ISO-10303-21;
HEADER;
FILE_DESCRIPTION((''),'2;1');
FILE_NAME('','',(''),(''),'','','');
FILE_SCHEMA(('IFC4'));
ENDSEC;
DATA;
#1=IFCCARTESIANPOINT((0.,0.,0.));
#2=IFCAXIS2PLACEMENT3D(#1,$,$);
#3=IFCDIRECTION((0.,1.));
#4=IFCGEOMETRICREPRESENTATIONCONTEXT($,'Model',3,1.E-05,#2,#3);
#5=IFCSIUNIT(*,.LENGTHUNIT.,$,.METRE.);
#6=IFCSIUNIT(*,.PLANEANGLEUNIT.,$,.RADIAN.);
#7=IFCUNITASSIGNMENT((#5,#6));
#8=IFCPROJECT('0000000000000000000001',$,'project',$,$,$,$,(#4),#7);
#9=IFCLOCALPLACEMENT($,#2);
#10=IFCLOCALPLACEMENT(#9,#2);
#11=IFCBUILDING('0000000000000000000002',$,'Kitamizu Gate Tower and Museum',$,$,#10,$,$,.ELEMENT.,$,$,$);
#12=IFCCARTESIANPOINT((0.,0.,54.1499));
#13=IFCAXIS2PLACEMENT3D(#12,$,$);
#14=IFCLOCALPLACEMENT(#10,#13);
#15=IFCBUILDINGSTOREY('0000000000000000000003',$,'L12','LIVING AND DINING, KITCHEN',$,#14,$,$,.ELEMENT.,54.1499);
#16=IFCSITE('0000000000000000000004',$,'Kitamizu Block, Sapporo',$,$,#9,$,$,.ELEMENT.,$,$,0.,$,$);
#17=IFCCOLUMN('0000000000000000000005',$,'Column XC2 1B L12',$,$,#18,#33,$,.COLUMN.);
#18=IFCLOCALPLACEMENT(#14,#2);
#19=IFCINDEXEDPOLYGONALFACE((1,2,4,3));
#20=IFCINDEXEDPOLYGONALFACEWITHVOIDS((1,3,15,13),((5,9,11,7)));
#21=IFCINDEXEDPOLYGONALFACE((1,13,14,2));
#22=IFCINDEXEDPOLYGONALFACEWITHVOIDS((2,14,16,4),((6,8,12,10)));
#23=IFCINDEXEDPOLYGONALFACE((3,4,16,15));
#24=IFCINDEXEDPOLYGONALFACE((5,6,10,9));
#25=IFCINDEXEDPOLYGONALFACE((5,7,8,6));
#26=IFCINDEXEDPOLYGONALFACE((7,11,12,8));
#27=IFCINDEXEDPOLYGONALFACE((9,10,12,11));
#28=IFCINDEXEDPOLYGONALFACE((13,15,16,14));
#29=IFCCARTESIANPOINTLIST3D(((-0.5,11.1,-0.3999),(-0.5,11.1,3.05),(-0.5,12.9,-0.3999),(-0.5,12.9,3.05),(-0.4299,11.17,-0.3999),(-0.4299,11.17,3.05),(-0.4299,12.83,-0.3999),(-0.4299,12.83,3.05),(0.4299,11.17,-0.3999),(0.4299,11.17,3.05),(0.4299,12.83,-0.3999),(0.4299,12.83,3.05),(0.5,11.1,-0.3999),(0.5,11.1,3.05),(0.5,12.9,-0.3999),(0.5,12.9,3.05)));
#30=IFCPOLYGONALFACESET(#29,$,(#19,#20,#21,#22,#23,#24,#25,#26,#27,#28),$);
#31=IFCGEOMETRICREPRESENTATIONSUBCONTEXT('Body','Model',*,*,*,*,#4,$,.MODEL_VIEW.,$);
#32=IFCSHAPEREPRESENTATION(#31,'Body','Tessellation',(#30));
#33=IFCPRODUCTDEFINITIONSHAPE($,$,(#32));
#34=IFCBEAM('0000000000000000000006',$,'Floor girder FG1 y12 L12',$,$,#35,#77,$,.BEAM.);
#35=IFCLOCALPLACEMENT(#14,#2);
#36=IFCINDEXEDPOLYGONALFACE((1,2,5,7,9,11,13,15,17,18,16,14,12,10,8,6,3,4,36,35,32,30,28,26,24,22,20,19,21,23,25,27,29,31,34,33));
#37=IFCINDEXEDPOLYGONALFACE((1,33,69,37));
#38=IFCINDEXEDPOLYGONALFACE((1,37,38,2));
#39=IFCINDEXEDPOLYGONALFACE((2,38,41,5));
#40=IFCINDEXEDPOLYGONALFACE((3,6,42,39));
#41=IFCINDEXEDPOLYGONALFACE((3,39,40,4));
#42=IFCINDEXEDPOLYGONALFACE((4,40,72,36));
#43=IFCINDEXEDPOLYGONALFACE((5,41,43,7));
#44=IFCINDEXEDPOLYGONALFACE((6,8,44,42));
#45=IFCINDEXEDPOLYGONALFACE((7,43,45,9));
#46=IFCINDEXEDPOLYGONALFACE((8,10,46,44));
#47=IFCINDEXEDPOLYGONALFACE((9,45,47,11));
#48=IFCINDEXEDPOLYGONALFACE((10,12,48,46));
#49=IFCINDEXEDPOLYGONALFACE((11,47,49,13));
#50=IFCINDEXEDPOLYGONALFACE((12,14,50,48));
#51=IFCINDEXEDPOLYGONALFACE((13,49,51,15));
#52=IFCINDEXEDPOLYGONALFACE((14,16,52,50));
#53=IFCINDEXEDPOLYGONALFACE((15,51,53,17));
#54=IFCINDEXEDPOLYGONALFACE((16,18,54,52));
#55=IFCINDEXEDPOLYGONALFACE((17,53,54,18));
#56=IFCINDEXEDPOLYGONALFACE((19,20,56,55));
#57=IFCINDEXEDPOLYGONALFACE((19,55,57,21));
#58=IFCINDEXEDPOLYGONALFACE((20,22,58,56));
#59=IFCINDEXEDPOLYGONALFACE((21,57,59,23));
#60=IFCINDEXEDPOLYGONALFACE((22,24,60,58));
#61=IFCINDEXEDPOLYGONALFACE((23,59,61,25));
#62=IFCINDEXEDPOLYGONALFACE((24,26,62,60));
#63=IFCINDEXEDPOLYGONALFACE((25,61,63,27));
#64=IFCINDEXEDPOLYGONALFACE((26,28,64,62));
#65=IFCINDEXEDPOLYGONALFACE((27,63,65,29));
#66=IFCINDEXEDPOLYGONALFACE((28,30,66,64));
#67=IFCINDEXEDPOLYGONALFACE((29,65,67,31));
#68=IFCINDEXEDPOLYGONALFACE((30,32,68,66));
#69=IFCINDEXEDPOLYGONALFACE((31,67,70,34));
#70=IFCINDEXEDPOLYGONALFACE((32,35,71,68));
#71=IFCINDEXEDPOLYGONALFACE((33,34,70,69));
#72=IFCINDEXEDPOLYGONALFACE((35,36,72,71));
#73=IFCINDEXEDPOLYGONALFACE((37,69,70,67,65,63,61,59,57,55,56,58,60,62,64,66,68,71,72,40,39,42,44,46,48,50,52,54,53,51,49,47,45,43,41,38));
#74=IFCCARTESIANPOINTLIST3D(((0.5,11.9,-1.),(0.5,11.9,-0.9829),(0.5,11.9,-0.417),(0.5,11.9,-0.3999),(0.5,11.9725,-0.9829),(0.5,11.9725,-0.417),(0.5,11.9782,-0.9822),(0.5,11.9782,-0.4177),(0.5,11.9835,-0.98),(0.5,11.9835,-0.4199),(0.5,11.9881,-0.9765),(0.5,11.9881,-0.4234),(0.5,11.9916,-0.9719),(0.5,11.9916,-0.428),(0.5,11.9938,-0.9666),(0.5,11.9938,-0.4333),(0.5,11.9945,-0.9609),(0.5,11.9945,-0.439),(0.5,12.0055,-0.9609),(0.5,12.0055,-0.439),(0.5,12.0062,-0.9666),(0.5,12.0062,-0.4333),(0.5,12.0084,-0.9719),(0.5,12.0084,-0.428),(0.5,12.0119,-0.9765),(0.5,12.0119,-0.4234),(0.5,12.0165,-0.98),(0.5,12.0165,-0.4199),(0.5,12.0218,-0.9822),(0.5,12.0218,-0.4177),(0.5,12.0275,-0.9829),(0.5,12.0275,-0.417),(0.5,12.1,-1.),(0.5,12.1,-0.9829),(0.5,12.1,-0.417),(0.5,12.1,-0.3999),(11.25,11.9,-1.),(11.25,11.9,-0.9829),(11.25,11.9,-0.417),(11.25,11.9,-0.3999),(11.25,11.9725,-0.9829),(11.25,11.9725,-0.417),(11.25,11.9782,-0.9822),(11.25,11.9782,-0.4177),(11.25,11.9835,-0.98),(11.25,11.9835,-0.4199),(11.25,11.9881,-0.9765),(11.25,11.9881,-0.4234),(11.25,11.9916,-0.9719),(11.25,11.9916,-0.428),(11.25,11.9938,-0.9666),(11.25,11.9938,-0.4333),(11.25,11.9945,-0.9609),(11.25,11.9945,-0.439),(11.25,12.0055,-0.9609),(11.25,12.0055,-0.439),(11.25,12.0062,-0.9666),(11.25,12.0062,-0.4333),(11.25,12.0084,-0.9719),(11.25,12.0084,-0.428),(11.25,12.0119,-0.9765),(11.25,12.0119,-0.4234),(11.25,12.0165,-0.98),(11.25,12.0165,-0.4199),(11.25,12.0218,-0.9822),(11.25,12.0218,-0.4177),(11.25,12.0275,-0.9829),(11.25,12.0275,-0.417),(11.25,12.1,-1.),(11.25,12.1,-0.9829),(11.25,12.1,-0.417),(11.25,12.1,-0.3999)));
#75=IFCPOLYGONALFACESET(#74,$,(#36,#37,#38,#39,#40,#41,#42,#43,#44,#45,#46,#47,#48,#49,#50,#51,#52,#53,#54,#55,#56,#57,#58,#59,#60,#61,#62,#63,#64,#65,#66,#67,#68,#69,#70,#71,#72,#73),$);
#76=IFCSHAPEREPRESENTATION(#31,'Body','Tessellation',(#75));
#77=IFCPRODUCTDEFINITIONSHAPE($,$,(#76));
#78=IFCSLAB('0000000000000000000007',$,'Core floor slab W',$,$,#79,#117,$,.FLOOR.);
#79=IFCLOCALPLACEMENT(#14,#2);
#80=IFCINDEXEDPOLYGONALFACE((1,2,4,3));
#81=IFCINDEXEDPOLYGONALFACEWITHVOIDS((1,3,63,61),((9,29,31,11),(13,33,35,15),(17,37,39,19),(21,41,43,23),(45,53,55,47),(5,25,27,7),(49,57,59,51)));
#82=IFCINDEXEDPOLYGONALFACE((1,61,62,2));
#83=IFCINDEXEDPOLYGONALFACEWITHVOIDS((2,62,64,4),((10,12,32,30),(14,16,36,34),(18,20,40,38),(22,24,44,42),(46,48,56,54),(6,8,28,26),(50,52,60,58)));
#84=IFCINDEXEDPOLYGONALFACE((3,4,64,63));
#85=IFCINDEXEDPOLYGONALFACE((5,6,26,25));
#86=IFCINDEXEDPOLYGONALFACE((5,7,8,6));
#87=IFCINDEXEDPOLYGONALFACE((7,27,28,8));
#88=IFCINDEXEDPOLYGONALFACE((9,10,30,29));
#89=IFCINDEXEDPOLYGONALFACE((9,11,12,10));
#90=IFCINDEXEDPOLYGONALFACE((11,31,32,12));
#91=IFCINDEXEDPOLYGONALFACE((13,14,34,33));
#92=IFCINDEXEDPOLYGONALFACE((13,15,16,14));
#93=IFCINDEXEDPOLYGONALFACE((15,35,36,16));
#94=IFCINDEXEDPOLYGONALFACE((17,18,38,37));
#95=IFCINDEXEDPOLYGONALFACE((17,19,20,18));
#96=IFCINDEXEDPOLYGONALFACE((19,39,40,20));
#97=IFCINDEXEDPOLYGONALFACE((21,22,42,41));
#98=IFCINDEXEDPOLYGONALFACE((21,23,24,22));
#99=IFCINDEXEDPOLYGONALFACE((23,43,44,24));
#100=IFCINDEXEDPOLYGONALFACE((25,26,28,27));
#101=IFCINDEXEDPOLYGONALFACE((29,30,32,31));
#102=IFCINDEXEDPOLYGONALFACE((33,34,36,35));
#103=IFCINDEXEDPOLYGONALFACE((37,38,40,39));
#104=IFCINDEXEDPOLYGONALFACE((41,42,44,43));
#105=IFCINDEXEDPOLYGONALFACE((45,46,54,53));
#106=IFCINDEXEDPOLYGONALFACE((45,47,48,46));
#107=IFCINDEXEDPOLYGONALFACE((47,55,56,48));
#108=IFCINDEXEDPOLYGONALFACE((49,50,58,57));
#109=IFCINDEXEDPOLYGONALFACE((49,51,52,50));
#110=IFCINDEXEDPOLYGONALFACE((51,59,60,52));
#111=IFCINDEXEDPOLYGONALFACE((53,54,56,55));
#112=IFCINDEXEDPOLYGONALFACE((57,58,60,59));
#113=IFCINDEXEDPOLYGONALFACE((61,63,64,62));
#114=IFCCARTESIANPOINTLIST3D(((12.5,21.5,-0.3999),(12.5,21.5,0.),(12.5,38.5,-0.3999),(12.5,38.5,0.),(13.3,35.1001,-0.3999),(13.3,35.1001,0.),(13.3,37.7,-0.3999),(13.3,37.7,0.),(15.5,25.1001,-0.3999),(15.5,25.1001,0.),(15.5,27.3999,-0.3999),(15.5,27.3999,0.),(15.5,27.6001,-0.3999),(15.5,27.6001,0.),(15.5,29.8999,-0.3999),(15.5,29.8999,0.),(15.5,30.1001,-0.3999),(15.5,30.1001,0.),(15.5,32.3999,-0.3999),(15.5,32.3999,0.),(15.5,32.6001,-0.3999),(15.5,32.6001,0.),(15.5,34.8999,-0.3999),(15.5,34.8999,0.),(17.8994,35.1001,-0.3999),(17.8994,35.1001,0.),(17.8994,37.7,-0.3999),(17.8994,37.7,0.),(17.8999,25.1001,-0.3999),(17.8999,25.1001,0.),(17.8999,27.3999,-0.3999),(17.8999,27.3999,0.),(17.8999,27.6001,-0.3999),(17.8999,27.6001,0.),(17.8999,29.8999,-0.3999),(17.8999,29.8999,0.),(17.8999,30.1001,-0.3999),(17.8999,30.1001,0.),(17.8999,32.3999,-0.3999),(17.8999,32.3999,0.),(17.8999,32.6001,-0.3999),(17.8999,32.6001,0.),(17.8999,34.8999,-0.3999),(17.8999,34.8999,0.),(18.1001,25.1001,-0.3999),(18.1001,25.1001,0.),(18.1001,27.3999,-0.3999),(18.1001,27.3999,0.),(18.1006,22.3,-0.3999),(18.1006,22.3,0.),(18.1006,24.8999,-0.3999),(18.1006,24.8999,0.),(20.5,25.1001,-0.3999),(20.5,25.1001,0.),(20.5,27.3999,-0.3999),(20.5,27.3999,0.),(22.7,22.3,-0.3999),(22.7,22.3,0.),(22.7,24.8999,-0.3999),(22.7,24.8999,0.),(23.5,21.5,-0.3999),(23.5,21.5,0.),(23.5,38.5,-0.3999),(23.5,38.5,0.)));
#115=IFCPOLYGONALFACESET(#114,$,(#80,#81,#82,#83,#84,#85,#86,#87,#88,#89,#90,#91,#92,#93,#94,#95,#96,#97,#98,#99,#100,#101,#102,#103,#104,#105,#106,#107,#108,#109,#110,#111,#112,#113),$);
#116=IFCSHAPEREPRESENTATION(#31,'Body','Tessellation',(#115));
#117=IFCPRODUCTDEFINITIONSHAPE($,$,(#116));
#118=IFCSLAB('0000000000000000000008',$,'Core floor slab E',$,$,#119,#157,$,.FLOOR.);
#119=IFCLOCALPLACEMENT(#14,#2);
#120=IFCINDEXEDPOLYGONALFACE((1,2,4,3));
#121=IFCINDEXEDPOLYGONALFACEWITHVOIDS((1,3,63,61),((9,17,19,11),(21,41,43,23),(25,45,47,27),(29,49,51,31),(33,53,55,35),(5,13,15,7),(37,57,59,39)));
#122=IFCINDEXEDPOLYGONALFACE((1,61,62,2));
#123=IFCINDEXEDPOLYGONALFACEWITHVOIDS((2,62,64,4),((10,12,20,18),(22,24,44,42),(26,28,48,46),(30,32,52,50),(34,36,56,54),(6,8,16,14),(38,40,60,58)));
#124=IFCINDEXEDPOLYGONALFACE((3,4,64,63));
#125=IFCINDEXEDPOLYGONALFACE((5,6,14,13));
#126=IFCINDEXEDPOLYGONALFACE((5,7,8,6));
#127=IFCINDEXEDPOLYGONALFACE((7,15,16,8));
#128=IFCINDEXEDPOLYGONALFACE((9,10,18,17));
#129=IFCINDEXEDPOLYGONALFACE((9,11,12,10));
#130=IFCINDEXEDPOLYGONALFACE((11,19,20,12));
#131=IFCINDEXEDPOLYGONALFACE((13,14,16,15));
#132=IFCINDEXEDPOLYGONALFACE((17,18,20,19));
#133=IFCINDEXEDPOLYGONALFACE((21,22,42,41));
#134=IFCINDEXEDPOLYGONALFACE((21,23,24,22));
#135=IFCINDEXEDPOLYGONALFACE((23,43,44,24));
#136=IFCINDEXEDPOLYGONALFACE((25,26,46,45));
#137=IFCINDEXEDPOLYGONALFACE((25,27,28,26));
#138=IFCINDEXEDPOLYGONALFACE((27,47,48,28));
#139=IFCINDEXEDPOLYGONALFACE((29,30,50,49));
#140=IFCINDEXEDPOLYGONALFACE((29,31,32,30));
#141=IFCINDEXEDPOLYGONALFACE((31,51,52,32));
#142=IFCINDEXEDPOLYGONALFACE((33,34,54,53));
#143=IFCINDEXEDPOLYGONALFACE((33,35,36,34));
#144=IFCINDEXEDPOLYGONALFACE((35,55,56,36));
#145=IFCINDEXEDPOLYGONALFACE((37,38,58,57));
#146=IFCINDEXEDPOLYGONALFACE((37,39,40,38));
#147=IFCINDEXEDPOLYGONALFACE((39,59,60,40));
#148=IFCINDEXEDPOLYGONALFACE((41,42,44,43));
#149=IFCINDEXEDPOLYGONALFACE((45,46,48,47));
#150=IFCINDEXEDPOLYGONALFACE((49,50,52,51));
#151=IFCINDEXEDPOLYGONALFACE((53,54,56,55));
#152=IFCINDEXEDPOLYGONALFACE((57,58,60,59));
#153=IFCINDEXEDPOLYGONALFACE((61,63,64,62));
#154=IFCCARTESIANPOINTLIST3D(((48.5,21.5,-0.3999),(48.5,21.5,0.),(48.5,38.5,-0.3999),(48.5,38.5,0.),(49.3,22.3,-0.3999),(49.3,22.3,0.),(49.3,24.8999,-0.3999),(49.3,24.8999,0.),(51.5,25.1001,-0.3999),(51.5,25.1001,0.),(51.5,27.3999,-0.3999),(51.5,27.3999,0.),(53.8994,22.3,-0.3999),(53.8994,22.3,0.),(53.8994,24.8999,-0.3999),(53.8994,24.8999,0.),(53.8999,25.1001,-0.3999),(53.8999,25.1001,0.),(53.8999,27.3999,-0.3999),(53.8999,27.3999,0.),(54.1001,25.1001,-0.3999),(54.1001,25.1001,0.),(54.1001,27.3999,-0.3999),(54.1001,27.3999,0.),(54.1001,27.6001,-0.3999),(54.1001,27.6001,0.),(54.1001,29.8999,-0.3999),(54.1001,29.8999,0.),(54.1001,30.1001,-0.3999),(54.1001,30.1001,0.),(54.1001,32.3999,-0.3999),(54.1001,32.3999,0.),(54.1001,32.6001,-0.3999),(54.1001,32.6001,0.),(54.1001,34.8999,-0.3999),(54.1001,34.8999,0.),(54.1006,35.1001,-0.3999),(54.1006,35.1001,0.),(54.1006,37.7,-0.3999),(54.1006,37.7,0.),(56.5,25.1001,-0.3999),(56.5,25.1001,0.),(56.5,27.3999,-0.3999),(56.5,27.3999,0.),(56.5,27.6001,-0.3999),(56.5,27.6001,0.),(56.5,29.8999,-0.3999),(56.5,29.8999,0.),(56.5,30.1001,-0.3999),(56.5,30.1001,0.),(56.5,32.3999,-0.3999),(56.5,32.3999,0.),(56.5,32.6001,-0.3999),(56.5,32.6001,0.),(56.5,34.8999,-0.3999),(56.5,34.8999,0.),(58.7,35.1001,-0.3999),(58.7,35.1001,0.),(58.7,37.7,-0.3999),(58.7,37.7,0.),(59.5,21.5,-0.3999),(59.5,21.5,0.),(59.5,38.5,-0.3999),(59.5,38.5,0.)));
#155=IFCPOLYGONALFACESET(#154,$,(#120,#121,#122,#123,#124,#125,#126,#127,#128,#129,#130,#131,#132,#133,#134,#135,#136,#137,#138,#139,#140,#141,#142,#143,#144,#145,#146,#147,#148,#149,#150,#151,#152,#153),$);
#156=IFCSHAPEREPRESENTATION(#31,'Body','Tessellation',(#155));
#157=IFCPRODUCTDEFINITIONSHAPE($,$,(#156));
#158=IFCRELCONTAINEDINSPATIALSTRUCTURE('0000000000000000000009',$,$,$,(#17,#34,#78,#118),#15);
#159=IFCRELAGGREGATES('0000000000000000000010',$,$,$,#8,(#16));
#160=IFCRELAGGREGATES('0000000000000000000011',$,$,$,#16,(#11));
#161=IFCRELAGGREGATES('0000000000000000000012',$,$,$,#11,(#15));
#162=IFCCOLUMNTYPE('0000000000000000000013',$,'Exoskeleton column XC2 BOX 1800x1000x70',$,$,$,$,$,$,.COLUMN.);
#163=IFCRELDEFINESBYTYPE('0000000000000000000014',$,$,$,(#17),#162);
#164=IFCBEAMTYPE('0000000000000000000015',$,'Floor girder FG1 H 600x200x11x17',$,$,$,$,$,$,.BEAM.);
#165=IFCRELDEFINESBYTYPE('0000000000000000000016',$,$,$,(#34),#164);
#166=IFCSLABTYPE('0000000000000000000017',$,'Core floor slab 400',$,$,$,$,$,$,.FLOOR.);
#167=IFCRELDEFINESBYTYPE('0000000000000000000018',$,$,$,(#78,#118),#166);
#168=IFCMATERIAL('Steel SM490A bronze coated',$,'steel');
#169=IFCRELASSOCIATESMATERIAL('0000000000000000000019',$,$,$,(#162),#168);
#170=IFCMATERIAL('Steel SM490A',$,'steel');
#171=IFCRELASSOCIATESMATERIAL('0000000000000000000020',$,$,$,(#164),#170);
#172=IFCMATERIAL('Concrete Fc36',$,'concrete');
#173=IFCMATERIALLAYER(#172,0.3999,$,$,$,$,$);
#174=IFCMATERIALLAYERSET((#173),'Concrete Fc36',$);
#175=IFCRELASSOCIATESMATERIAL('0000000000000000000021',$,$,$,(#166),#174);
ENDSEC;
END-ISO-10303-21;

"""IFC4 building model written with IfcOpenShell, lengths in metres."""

from ifc_helpers import new_model, si_unit, direction, frame, origin, origin_2d, place, context, subcontext, project, spatial, polyline, hollow_rectangle, i_section, outline, extrude, material, layer, layer_set, material_profile, profile_set, type_object, element, save


model = new_model("IFC4")

# Units and contexts
model_context = context("Model", 3, precision=1e-05, world=origin(), true_north=direction((0.0, 1.0)))
body_context = subcontext(model_context, "Body", "Model", "MODEL_VIEW")
ifc_project = project(units=[si_unit("LENGTHUNIT", "METRE"), si_unit("PLANEANGLEUNIT", "RADIAN")], contexts=[model_context])

# Site, building, storey
site_placement = place(None, origin())
site = spatial("IfcSite", under=ifc_project, at=site_placement, Name="Kitamizu Block, Sapporo", CompositionType="ELEMENT", RefElevation=0.0)
building_placement = place(site_placement, origin())
building = spatial("IfcBuilding", under=site, at=building_placement, Name="Kitamizu Gate Tower and Museum", CompositionType="ELEMENT")
storey_placement = place(building_placement, frame((0.0, 0.0, 54.1499)))
storey = spatial("IfcBuildingStorey", under=building, at=storey_placement, Name="L12", Description="LIVING AND DINING, KITCHEN", CompositionType="ELEMENT", Elevation=54.1499)

# Column
ifc_material_1 = material(Name="Steel SM490A bronze coated", Category="steel")
ifc_material_profile_1 = material_profile(ifc_material_1, hollow_rectangle(XDim=1.8, YDim=1.0, WallThickness=0.0701, at=origin_2d()), Name="BOX 1800x1000x70")
ifc_profile_set_1 = profile_set([ifc_material_profile_1], Name="Steel SM490A bronze coated")
column_type = type_object("IfcColumnType", Name="Exoskeleton column XC2 BOX 1800x1000x70", PredefinedType="COLUMN", material=ifc_profile_set_1)
column_placement = place(storey_placement, frame((0.0, 12.0, -0.3999), z_axis=(0.0, 0.0, 1.0), x_axis=(0.0, 1.0, 0.0)))
element("IfcColumn", 1, at=column_placement, inside=storey, type_object=column_type, Name="Column XC2 1B L12", PredefinedType="COLUMN", context=body_context, shape_type="SweptSolid", body=[
    extrude(hollow_rectangle(XDim=1.8, YDim=1.0, WallThickness=0.0701, at=origin_2d()), origin(), (0.0, 0.0, 1.0), 3.45),
])

# Beam
ifc_material_2 = material(Name="Steel SM490A", Category="steel")
ifc_material_profile_2 = material_profile(ifc_material_2, i_section(OverallWidth=0.2, OverallDepth=0.6001, WebThickness=0.011, FlangeThickness=0.0171, FilletRadius=0.022, at=origin_2d()), Name="H-600x200x11x17")
ifc_profile_set_2 = profile_set([ifc_material_profile_2], Name="Steel SM490A")
beam_type = type_object("IfcBeamType", Name="Floor girder FG1 H 600x200x11x17", PredefinedType="BEAM", material=ifc_profile_set_2)
beam_placement = place(storey_placement, frame((0.5, 12.0, -0.7), z_axis=(1.0, 0.0, 0.0), x_axis=(0.0, 1.0, 0.0)))
element("IfcBeam", 2, at=beam_placement, inside=storey, type_object=beam_type, Name="Floor girder FG1 y12 L12", PredefinedType="BEAM", context=body_context, shape_type="SweptSolid", body=[
    extrude(i_section(OverallWidth=0.2, OverallDepth=0.6001, WebThickness=0.011, FlangeThickness=0.0171, FilletRadius=0.022, at=origin_2d()), origin(), (0.0, 0.0, 1.0), 10.75),
])

# Slabs
ifc_material_3 = material(Name="Concrete Fc36", Category="concrete")
ifc_layer_1 = layer(ifc_material_3, 0.3999)
ifc_layer_set_1 = layer_set([ifc_layer_1], Name="Concrete Fc36")
slab_type_1 = type_object("IfcSlabType", Name="Core floor slab 400", PredefinedType="FLOOR", material=ifc_layer_set_1)
slab_1_placement = place(storey_placement, frame((0.0, 0.0, -0.3999)))
element("IfcSlab", 3, at=slab_1_placement, inside=storey, type_object=slab_type_1, Name="Core floor slab W", PredefinedType="FLOOR", context=body_context, shape_type="SweptSolid", body=[
    extrude(outline(polyline([(12.5, 21.5), (23.5, 21.5), (23.5, 38.5), (12.5, 38.5), (12.5, 21.5)]), holes=[polyline([(15.5, 25.1001), (17.8999, 25.1001), (17.8999, 27.3999), (15.5, 27.3999), (15.5, 25.1001)]), polyline([(15.5, 27.6001), (17.8999, 27.6001), (17.8999, 29.8999), (15.5, 29.8999), (15.5, 27.6001)]), polyline([(15.5, 30.1001), (17.8999, 30.1001), (17.8999, 32.3999), (15.5, 32.3999), (15.5, 30.1001)]), polyline([(15.5, 32.6001), (17.8999, 32.6001), (17.8999, 34.8999), (15.5, 34.8999), (15.5, 32.6001)]), polyline([(18.1001, 25.1001), (20.5, 25.1001), (20.5, 27.3999), (18.1001, 27.3999), (18.1001, 25.1001)]), polyline([(18.1006, 22.3), (22.7, 22.3), (22.7, 24.8999), (18.1006, 24.8999), (18.1006, 22.3)]), polyline([(13.3, 35.1001), (17.8994, 35.1001), (17.8994, 37.7), (13.3, 37.7), (13.3, 35.1001)])]), origin(), (0.0, 0.0, 1.0), 0.3999),
])
slab_2_placement = place(storey_placement, frame((0.0, 0.0, -0.3999)))
element("IfcSlab", 4, at=slab_2_placement, inside=storey, type_object=slab_type_1, Name="Core floor slab E", PredefinedType="FLOOR", context=body_context, shape_type="SweptSolid", body=[
    extrude(outline(polyline([(48.5, 21.5), (59.5, 21.5), (59.5, 38.5), (48.5, 38.5), (48.5, 21.5)]), holes=[polyline([(54.1001, 25.1001), (56.5, 25.1001), (56.5, 27.3999), (54.1001, 27.3999), (54.1001, 25.1001)]), polyline([(54.1001, 27.6001), (56.5, 27.6001), (56.5, 29.8999), (54.1001, 29.8999), (54.1001, 27.6001)]), polyline([(54.1001, 30.1001), (56.5, 30.1001), (56.5, 32.3999), (54.1001, 32.3999), (54.1001, 30.1001)]), polyline([(54.1001, 32.6001), (56.5, 32.6001), (56.5, 34.8999), (54.1001, 34.8999), (54.1001, 32.6001)]), polyline([(51.5, 25.1001), (53.8999, 25.1001), (53.8999, 27.3999), (51.5, 27.3999), (51.5, 25.1001)]), polyline([(49.3, 22.3), (53.8994, 22.3), (53.8994, 24.8999), (49.3, 24.8999), (49.3, 22.3)]), polyline([(54.1006, 35.1001), (58.7, 35.1001), (58.7, 37.7), (54.1006, 37.7), (54.1006, 35.1001)])]), origin(), (0.0, 0.0, 1.0), 0.3999),
])

save(model, "model.ifc")
